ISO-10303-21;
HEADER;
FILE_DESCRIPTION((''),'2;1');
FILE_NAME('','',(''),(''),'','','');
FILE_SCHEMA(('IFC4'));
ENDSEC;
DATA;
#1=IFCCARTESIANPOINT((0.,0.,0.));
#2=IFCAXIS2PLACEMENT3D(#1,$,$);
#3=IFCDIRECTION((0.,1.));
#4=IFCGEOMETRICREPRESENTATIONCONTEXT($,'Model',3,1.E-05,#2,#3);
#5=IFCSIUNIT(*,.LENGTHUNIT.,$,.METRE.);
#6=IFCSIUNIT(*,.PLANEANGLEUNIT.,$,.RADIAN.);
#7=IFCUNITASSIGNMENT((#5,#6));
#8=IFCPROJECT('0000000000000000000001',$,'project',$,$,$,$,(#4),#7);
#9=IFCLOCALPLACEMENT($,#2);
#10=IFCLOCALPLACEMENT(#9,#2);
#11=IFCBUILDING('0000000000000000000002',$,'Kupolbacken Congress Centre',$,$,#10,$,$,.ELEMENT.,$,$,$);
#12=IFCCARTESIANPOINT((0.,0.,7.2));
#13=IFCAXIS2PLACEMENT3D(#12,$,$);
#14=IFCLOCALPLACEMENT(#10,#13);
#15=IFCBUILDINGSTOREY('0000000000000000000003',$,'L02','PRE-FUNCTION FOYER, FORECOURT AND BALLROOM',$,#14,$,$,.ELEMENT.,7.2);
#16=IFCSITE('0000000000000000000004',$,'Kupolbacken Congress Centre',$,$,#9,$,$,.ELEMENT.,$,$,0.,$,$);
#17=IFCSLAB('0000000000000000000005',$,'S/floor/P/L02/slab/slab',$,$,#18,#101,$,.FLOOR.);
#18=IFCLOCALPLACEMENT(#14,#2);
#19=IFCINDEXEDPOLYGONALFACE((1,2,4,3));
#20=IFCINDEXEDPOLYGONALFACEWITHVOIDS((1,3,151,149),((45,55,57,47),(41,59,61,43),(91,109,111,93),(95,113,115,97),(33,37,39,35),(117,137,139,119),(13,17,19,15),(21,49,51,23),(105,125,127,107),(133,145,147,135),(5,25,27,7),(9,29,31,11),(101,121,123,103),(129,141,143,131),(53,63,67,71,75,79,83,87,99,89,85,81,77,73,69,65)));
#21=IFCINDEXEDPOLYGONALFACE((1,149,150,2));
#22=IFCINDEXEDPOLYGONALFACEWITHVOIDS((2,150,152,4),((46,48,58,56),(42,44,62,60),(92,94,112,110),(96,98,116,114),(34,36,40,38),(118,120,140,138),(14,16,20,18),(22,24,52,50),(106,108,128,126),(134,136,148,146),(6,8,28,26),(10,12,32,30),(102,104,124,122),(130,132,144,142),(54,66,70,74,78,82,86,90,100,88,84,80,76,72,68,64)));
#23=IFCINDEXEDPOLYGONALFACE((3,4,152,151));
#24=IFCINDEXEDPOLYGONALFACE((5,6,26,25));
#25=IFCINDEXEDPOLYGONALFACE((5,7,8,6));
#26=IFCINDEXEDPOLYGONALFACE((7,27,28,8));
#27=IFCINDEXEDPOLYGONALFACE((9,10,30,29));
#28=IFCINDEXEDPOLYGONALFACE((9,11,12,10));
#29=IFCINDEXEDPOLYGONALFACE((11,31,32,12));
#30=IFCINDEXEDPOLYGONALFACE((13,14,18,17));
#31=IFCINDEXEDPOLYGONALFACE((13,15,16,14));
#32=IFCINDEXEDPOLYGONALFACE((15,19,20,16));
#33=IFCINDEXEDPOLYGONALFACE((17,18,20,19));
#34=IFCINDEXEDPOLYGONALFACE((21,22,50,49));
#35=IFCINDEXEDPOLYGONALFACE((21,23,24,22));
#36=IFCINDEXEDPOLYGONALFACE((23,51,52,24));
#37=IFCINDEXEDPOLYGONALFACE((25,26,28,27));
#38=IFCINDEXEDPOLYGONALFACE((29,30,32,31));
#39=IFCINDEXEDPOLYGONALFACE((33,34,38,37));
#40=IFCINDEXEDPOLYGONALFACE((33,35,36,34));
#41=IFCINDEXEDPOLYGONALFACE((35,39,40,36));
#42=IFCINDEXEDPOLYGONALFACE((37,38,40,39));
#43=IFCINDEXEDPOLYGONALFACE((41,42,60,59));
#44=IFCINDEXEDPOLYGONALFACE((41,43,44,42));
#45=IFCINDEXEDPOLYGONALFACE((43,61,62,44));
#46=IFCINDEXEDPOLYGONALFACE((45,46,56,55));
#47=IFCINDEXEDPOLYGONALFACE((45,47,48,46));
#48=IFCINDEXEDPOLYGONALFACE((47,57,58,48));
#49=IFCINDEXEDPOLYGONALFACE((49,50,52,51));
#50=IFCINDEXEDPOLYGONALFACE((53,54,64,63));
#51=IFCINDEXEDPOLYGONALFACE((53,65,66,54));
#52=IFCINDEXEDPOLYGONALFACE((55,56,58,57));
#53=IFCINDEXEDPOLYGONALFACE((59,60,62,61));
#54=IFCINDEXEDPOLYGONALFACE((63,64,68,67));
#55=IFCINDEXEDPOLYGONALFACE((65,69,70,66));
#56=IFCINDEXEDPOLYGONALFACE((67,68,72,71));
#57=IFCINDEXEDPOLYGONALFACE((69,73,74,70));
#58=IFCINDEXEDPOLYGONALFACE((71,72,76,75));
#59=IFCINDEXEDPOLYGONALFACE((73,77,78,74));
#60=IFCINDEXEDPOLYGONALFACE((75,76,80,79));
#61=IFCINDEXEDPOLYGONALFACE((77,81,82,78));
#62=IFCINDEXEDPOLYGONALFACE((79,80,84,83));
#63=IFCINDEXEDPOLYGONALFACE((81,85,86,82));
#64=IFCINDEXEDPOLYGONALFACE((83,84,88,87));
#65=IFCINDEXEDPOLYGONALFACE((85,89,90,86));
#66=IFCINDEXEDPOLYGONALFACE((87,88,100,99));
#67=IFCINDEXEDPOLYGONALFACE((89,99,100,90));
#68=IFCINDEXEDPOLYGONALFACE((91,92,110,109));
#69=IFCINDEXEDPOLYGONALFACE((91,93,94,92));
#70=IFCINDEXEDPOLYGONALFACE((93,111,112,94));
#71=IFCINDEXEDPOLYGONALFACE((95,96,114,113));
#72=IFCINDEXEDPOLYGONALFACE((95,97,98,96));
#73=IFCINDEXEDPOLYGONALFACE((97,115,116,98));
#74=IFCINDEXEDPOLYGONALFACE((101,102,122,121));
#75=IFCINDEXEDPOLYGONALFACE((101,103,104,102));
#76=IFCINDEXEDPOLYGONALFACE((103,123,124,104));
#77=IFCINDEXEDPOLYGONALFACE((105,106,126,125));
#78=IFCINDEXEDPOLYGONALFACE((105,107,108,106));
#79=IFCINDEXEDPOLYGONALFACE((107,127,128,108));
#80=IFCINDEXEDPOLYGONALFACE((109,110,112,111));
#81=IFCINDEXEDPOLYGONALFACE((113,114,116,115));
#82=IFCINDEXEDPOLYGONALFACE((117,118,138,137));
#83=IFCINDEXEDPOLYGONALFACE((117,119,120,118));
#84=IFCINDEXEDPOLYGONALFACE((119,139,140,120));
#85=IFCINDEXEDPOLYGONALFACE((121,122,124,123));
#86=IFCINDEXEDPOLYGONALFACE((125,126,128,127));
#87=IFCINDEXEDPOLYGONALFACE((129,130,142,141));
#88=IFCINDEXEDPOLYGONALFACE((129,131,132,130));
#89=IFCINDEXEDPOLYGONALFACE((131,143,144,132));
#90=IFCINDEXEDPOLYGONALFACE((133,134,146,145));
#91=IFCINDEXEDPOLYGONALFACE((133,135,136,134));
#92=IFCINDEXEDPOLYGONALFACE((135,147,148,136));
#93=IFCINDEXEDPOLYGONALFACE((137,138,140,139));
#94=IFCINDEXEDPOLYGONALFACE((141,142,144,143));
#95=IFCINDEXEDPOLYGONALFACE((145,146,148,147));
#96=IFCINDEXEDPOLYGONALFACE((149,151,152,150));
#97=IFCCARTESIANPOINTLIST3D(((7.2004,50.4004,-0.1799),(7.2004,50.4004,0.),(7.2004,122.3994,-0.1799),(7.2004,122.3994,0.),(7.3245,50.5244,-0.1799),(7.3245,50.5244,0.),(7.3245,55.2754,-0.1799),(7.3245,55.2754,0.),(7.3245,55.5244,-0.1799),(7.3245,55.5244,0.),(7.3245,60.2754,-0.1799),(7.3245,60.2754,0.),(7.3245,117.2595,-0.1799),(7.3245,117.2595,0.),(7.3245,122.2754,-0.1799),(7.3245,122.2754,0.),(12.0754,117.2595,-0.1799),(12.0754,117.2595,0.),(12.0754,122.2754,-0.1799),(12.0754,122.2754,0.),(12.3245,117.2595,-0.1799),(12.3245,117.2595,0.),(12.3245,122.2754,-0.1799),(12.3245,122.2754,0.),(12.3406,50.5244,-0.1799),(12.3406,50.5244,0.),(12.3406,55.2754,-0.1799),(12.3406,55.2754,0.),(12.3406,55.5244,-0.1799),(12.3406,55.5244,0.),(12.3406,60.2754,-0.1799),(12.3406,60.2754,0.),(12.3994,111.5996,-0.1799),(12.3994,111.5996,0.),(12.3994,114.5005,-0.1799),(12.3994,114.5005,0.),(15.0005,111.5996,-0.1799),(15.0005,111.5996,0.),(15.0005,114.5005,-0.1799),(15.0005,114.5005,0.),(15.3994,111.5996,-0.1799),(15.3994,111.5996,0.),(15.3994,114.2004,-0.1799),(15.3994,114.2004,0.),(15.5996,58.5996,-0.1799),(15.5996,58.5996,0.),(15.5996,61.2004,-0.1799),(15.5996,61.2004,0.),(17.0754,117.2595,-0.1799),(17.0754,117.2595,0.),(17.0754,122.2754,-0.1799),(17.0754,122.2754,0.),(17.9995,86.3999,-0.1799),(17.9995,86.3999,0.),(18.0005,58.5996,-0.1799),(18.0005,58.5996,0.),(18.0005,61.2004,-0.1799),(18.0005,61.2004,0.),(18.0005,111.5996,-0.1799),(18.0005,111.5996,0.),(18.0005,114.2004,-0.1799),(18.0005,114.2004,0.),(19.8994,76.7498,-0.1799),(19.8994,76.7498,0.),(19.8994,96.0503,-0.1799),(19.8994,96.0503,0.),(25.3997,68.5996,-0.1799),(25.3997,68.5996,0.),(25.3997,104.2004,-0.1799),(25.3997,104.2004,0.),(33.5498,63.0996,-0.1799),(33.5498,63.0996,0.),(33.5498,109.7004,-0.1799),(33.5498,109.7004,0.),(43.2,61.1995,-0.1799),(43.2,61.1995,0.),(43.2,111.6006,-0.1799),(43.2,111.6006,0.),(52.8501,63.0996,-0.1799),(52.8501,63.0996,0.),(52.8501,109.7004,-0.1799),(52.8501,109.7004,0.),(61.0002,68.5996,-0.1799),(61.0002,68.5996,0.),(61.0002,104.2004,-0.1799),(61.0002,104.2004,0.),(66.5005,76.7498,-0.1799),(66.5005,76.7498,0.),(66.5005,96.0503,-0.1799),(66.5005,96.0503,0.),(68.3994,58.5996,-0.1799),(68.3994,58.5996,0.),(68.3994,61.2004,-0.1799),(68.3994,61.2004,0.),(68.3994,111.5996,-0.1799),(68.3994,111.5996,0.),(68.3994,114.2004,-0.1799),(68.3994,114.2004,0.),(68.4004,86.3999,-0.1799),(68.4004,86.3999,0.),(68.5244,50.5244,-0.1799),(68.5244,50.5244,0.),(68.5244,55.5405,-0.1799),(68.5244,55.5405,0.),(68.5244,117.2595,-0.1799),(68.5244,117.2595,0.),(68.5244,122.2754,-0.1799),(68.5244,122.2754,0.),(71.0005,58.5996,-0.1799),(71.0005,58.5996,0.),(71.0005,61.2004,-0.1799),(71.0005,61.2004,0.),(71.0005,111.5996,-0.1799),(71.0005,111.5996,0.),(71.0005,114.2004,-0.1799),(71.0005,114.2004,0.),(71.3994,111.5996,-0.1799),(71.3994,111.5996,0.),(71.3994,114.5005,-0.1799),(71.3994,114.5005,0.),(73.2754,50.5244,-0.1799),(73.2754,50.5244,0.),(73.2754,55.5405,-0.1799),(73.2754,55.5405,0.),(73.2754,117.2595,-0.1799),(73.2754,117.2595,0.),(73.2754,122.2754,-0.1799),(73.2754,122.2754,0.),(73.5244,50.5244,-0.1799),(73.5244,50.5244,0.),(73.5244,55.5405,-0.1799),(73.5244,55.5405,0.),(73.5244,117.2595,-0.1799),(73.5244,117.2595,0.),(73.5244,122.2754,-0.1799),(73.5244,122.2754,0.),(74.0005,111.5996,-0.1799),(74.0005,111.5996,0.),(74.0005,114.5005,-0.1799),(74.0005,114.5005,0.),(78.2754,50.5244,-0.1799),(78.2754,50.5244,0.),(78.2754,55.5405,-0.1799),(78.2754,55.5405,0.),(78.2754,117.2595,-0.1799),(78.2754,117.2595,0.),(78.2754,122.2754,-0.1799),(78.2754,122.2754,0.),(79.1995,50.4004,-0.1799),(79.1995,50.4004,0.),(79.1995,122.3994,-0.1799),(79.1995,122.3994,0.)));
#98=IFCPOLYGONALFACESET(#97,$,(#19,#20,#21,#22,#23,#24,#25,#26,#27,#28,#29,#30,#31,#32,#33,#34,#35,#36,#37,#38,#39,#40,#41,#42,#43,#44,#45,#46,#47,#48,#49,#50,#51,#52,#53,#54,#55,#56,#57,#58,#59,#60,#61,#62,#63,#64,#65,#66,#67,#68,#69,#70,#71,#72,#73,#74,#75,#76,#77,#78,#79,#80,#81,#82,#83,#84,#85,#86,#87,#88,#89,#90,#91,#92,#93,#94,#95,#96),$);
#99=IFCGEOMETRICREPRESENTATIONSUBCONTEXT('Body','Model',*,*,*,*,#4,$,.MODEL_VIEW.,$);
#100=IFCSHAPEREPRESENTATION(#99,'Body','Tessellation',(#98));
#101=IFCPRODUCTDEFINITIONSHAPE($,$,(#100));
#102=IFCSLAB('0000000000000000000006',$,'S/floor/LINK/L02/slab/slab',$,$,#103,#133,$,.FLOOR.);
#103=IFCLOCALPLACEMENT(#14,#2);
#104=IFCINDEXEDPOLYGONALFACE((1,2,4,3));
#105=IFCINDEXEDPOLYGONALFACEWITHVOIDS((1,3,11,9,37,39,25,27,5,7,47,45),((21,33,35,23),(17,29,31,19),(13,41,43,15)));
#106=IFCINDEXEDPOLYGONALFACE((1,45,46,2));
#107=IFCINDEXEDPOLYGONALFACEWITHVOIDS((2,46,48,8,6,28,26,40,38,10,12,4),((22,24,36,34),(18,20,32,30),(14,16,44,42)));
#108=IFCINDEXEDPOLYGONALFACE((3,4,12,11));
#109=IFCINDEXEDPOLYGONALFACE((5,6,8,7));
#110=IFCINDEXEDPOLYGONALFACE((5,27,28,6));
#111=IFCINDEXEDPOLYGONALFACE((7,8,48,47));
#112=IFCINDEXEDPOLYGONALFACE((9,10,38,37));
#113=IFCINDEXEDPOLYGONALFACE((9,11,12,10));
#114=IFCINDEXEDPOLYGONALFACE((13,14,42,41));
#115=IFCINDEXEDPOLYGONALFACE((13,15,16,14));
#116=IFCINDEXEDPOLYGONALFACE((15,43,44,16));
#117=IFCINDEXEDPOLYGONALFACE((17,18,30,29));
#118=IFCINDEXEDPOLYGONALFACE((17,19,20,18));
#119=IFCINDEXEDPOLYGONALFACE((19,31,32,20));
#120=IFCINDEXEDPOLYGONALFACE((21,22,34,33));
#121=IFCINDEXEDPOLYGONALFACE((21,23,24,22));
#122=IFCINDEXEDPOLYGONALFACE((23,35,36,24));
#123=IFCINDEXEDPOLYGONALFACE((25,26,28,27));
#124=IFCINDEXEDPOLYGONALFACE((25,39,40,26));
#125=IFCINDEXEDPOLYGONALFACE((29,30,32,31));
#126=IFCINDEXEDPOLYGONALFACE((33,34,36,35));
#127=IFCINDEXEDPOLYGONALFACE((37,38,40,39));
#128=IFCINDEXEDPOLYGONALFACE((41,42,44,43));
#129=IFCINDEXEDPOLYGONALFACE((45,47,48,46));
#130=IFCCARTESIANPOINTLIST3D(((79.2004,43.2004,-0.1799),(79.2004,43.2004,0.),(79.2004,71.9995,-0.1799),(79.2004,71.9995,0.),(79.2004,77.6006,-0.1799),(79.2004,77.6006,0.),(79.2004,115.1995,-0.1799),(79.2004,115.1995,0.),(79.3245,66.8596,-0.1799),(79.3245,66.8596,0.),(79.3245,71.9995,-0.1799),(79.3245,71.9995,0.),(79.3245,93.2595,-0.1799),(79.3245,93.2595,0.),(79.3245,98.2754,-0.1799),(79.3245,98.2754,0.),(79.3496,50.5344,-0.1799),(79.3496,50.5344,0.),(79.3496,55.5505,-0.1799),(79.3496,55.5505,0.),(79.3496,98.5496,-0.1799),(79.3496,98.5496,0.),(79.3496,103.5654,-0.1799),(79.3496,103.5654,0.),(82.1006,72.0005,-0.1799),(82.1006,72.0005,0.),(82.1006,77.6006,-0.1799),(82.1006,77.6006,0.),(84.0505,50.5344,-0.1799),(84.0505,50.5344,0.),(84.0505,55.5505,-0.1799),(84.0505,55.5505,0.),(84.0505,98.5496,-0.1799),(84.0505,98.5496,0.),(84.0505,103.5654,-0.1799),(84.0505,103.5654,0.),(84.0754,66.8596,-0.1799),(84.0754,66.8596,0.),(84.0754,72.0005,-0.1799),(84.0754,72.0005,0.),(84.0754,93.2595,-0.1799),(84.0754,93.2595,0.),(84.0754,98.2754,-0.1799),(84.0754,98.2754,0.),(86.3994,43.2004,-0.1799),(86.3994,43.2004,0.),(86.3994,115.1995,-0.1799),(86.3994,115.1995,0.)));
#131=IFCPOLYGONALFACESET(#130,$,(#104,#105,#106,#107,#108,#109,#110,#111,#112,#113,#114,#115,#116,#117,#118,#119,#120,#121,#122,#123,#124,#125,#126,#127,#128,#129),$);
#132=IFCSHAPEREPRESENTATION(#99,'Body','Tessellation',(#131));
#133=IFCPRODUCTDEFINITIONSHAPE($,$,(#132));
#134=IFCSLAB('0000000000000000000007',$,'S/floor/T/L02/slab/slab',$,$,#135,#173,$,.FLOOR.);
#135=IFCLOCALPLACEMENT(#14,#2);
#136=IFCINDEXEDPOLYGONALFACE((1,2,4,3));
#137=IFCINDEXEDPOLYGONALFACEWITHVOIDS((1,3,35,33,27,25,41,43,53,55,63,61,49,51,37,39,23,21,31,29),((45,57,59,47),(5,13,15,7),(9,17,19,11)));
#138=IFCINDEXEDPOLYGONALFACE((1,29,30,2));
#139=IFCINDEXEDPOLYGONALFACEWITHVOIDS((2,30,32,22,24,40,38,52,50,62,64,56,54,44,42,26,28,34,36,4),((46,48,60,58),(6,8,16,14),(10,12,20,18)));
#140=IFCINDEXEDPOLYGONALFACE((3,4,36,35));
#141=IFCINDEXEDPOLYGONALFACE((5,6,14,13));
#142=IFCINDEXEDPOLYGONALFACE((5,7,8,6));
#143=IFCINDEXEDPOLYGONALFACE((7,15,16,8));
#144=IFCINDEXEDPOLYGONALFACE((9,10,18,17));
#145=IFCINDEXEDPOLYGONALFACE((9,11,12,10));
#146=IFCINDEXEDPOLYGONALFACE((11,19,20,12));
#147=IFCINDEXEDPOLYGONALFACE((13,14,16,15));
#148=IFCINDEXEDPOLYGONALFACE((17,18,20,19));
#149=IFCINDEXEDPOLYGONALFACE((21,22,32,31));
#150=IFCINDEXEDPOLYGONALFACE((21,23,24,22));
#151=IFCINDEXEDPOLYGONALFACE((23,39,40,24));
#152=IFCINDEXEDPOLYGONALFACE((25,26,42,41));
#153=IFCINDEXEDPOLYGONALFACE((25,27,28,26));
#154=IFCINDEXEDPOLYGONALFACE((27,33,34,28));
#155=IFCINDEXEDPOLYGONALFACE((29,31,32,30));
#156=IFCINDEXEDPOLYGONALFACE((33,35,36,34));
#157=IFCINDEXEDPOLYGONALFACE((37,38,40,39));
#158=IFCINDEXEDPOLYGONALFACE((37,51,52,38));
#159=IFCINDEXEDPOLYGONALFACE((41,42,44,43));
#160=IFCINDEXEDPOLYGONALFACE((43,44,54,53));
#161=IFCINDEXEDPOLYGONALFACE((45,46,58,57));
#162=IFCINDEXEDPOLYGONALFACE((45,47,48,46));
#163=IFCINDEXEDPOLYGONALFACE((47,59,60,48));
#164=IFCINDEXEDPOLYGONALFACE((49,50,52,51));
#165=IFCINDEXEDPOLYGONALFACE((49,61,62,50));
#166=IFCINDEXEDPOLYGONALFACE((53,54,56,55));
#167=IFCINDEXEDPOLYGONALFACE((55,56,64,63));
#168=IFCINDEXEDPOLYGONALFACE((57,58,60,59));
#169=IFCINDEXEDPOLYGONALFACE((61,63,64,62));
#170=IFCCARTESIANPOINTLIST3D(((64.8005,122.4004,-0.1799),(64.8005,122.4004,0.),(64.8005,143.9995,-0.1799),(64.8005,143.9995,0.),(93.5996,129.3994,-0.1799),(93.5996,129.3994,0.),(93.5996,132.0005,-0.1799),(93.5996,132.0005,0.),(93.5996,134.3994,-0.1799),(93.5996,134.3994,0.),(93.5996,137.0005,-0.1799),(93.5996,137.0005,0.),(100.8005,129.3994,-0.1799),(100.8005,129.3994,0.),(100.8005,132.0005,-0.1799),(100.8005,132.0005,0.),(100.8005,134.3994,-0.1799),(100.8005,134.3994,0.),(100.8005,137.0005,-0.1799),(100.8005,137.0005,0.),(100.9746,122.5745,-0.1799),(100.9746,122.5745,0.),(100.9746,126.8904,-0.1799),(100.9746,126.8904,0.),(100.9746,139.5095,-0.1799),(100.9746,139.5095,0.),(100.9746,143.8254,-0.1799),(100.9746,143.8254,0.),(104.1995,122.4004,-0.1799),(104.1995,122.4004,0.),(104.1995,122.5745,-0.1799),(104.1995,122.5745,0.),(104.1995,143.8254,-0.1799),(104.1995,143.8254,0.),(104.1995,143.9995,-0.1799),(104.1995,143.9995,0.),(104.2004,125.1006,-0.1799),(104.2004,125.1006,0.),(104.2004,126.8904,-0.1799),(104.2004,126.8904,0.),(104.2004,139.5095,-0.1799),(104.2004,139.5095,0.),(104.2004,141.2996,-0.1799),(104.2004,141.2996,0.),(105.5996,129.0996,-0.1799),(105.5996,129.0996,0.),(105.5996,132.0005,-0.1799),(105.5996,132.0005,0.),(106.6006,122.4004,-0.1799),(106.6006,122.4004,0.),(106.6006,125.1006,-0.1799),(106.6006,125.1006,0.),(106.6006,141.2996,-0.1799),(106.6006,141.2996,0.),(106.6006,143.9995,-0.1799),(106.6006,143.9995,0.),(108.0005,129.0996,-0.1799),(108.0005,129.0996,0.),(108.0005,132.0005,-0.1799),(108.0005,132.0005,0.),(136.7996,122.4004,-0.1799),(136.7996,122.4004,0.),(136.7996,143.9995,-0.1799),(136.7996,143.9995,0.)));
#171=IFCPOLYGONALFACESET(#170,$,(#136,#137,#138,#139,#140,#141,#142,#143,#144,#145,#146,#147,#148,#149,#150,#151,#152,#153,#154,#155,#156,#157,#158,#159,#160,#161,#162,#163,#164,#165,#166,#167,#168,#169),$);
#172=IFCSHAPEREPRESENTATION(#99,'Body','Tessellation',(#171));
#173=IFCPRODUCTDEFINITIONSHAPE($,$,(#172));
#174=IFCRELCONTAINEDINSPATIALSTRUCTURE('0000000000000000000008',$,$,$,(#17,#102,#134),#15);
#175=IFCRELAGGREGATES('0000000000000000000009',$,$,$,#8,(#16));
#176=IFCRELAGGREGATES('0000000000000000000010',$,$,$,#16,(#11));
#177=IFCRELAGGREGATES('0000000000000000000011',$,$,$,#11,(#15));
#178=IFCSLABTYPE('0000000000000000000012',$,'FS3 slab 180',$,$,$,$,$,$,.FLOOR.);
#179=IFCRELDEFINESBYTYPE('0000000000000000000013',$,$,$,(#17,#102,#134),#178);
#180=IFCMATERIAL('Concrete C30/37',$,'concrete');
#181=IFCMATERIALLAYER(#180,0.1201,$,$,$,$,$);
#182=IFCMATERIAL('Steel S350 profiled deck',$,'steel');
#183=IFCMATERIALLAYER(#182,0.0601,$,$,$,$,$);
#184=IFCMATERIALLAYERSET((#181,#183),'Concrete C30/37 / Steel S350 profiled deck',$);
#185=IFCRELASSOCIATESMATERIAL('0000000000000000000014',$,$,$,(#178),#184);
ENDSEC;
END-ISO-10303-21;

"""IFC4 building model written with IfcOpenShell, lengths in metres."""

from ifc_helpers import new_model, si_unit, direction, frame, origin, place, context, subcontext, project, spatial, polyline, outline, extrude, material, layer, layer_set, type_object, element, save


model = new_model("IFC4")

# Units and contexts
model_context = context("Model", 3, precision=1e-05, world=origin(), true_north=direction((0.0, 1.0)))
body_context = subcontext(model_context, "Body", "Model", "MODEL_VIEW")
ifc_project = project(units=[si_unit("LENGTHUNIT", "METRE"), si_unit("PLANEANGLEUNIT", "RADIAN")], contexts=[model_context])

# Site, building, storey
site_placement = place(None, origin())
site = spatial("IfcSite", under=ifc_project, at=site_placement, Name="Kupolbacken Congress Centre", CompositionType="ELEMENT", RefElevation=0.0)
building_placement = place(site_placement, origin())
building = spatial("IfcBuilding", under=site, at=building_placement, Name="Kupolbacken Congress Centre", CompositionType="ELEMENT")
storey_placement = place(building_placement, frame((0.0, 0.0, 7.2)))
storey = spatial("IfcBuildingStorey", under=building, at=storey_placement, Name="L02", Description="PRE-FUNCTION FOYER, FORECOURT AND BALLROOM", CompositionType="ELEMENT", Elevation=7.2)

# Slabs
ifc_material_1 = material(Name="Concrete C30/37", Category="concrete")
ifc_layer_1 = layer(ifc_material_1, 0.1201)
ifc_material_2 = material(Name="Steel S350 profiled deck", Category="steel")
ifc_layer_2 = layer(ifc_material_2, 0.0601)
ifc_layer_set_1 = layer_set([ifc_layer_1, ifc_layer_2], Name="Concrete C30/37 / Steel S350 profiled deck")
slab_type_1 = type_object("IfcSlabType", Name="FS3 slab 180", PredefinedType="FLOOR", material=ifc_layer_set_1)
slab_1_placement = place(storey_placement, frame((0.0, 0.0, -0.1799)))
element("IfcSlab", 1, at=slab_1_placement, inside=storey, type_object=slab_type_1, Name="S/floor/P/L02/slab/slab", PredefinedType="FLOOR", context=body_context, shape_type="SweptSolid", body=[
    extrude(outline(polyline([(7.2004, 50.4004), (79.1995, 50.4004), (79.1995, 122.3994), (7.2004, 122.3994), (7.2004, 50.4004)]), holes=[polyline([(73.5244, 50.5244), (73.5244, 55.5405), (78.2754, 55.5405), (78.2754, 50.5244), (73.5244, 50.5244)]), polyline([(73.5244, 117.2595), (73.5244, 122.2754), (78.2754, 122.2754), (78.2754, 117.2595), (73.5244, 117.2595)]), polyline([(71.3994, 111.5996), (71.3994, 114.5005), (74.0005, 114.5005), (74.0005, 111.5996), (71.3994, 111.5996)]), polyline([(73.2754, 50.5244), (68.5244, 50.5244), (68.5244, 55.5405), (73.2754, 55.5405), (73.2754, 50.5244)]), polyline([(68.5244, 117.2595), (68.5244, 122.2754), (73.2754, 122.2754), (73.2754, 117.2595), (68.5244, 117.2595)]), polyline([(68.3994, 58.5996), (68.3994, 61.2004), (71.0005, 61.2004), (71.0005, 58.5996), (68.3994, 58.5996)]), polyline([(68.3994, 111.5996), (68.3994, 114.2004), (71.0005, 114.2004), (71.0005, 111.5996), (68.3994, 111.5996)]), polyline([(52.8501, 63.0996), (43.2, 61.1995), (33.5498, 63.0996), (25.3997, 68.5996), (19.8994, 76.7498), (17.9995, 86.3999), (19.8994, 96.0503), (25.3997, 104.2004), (33.5498, 109.7004), (43.2, 111.6006), (52.8501, 109.7004), (61.0002, 104.2004), (66.5005, 96.0503), (68.4004, 86.3999), (66.5005, 76.7498), (61.0002, 68.5996), (52.8501, 63.0996)]), polyline([(15.5996, 58.5996), (15.5996, 61.2004), (18.0005, 61.2004), (18.0005, 58.5996), (15.5996, 58.5996)]), polyline([(15.3994, 111.5996), (15.3994, 114.2004), (18.0005, 114.2004), (18.0005, 111.5996), (15.3994, 111.5996)]), polyline([(12.3245, 117.2595), (12.3245, 122.2754), (17.0754, 122.2754), (17.0754, 117.2595), (12.3245, 117.2595)]), polyline([(12.3994, 111.5996), (12.3994, 114.5005), (15.0005, 114.5005), (15.0005, 111.5996), (12.3994, 111.5996)]), polyline([(12.3406, 55.2754), (12.3406, 50.5244), (7.3245, 50.5244), (7.3245, 55.2754), (12.3406, 55.2754)]), polyline([(7.3245, 55.5244), (7.3245, 60.2754), (12.3406, 60.2754), (12.3406, 55.5244), (7.3245, 55.5244)]), polyline([(7.3245, 117.2595), (7.3245, 122.2754), (12.0754, 122.2754), (12.0754, 117.2595), (7.3245, 117.2595)])]), origin(), (0.0, 0.0, 1.0), 0.1799),
])
slab_2_placement = place(storey_placement, frame((0.0, 0.0, -0.1799)))
element("IfcSlab", 2, at=slab_2_placement, inside=storey, type_object=slab_type_1, Name="S/floor/LINK/L02/slab/slab", PredefinedType="FLOOR", context=body_context, shape_type="SweptSolid", body=[
    extrude(outline(polyline([(86.3994, 43.2004), (86.3994, 115.1995), (79.2004, 115.1995), (79.2004, 77.6006), (82.1006, 77.6006), (82.1006, 72.0005), (84.0754, 72.0005), (84.0754, 66.8596), (79.3245, 66.8596), (79.3245, 71.9995), (79.2004, 71.9995), (79.2004, 43.2004), (86.3994, 43.2004)]), holes=[polyline([(79.3245, 98.2754), (84.0754, 98.2754), (84.0754, 93.2595), (79.3245, 93.2595), (79.3245, 98.2754)]), polyline([(79.3496, 103.5654), (84.0505, 103.5654), (84.0505, 98.5496), (79.3496, 98.5496), (79.3496, 103.5654)]), polyline([(79.3496, 50.5344), (79.3496, 55.5505), (84.0505, 55.5505), (84.0505, 50.5344), (79.3496, 50.5344)])]), origin(), (0.0, 0.0, 1.0), 0.1799),
])
slab_3_placement = place(storey_placement, frame((0.0, 0.0, -0.1799)))
element("IfcSlab", 3, at=slab_3_placement, inside=storey, type_object=slab_type_1, Name="S/floor/T/L02/slab/slab", PredefinedType="FLOOR", context=body_context, shape_type="SweptSolid", body=[
    extrude(outline(polyline([(136.7996, 122.4004), (136.7996, 143.9995), (106.6006, 143.9995), (106.6006, 141.2996), (104.2004, 141.2996), (104.2004, 139.5095), (100.9746, 139.5095), (100.9746, 143.8254), (104.1995, 143.8254), (104.1995, 143.9995), (64.8005, 143.9995), (64.8005, 122.4004), (104.1995, 122.4004), (104.1995, 122.5745), (100.9746, 122.5745), (100.9746, 126.8904), (104.2004, 126.8904), (104.2004, 125.1006), (106.6006, 125.1006), (106.6006, 122.4004), (136.7996, 122.4004)]), holes=[polyline([(105.5996, 132.0005), (108.0005, 132.0005), (108.0005, 129.0996), (105.5996, 129.0996), (105.5996, 132.0005)]), polyline([(93.5996, 137.0005), (100.8005, 137.0005), (100.8005, 134.3994), (93.5996, 134.3994), (93.5996, 137.0005)]), polyline([(93.5996, 129.3994), (93.5996, 132.0005), (100.8005, 132.0005), (100.8005, 129.3994), (93.5996, 129.3994)])]), origin(), (0.0, 0.0, 1.0), 0.1799),
])

save(model, "model.ifc")
